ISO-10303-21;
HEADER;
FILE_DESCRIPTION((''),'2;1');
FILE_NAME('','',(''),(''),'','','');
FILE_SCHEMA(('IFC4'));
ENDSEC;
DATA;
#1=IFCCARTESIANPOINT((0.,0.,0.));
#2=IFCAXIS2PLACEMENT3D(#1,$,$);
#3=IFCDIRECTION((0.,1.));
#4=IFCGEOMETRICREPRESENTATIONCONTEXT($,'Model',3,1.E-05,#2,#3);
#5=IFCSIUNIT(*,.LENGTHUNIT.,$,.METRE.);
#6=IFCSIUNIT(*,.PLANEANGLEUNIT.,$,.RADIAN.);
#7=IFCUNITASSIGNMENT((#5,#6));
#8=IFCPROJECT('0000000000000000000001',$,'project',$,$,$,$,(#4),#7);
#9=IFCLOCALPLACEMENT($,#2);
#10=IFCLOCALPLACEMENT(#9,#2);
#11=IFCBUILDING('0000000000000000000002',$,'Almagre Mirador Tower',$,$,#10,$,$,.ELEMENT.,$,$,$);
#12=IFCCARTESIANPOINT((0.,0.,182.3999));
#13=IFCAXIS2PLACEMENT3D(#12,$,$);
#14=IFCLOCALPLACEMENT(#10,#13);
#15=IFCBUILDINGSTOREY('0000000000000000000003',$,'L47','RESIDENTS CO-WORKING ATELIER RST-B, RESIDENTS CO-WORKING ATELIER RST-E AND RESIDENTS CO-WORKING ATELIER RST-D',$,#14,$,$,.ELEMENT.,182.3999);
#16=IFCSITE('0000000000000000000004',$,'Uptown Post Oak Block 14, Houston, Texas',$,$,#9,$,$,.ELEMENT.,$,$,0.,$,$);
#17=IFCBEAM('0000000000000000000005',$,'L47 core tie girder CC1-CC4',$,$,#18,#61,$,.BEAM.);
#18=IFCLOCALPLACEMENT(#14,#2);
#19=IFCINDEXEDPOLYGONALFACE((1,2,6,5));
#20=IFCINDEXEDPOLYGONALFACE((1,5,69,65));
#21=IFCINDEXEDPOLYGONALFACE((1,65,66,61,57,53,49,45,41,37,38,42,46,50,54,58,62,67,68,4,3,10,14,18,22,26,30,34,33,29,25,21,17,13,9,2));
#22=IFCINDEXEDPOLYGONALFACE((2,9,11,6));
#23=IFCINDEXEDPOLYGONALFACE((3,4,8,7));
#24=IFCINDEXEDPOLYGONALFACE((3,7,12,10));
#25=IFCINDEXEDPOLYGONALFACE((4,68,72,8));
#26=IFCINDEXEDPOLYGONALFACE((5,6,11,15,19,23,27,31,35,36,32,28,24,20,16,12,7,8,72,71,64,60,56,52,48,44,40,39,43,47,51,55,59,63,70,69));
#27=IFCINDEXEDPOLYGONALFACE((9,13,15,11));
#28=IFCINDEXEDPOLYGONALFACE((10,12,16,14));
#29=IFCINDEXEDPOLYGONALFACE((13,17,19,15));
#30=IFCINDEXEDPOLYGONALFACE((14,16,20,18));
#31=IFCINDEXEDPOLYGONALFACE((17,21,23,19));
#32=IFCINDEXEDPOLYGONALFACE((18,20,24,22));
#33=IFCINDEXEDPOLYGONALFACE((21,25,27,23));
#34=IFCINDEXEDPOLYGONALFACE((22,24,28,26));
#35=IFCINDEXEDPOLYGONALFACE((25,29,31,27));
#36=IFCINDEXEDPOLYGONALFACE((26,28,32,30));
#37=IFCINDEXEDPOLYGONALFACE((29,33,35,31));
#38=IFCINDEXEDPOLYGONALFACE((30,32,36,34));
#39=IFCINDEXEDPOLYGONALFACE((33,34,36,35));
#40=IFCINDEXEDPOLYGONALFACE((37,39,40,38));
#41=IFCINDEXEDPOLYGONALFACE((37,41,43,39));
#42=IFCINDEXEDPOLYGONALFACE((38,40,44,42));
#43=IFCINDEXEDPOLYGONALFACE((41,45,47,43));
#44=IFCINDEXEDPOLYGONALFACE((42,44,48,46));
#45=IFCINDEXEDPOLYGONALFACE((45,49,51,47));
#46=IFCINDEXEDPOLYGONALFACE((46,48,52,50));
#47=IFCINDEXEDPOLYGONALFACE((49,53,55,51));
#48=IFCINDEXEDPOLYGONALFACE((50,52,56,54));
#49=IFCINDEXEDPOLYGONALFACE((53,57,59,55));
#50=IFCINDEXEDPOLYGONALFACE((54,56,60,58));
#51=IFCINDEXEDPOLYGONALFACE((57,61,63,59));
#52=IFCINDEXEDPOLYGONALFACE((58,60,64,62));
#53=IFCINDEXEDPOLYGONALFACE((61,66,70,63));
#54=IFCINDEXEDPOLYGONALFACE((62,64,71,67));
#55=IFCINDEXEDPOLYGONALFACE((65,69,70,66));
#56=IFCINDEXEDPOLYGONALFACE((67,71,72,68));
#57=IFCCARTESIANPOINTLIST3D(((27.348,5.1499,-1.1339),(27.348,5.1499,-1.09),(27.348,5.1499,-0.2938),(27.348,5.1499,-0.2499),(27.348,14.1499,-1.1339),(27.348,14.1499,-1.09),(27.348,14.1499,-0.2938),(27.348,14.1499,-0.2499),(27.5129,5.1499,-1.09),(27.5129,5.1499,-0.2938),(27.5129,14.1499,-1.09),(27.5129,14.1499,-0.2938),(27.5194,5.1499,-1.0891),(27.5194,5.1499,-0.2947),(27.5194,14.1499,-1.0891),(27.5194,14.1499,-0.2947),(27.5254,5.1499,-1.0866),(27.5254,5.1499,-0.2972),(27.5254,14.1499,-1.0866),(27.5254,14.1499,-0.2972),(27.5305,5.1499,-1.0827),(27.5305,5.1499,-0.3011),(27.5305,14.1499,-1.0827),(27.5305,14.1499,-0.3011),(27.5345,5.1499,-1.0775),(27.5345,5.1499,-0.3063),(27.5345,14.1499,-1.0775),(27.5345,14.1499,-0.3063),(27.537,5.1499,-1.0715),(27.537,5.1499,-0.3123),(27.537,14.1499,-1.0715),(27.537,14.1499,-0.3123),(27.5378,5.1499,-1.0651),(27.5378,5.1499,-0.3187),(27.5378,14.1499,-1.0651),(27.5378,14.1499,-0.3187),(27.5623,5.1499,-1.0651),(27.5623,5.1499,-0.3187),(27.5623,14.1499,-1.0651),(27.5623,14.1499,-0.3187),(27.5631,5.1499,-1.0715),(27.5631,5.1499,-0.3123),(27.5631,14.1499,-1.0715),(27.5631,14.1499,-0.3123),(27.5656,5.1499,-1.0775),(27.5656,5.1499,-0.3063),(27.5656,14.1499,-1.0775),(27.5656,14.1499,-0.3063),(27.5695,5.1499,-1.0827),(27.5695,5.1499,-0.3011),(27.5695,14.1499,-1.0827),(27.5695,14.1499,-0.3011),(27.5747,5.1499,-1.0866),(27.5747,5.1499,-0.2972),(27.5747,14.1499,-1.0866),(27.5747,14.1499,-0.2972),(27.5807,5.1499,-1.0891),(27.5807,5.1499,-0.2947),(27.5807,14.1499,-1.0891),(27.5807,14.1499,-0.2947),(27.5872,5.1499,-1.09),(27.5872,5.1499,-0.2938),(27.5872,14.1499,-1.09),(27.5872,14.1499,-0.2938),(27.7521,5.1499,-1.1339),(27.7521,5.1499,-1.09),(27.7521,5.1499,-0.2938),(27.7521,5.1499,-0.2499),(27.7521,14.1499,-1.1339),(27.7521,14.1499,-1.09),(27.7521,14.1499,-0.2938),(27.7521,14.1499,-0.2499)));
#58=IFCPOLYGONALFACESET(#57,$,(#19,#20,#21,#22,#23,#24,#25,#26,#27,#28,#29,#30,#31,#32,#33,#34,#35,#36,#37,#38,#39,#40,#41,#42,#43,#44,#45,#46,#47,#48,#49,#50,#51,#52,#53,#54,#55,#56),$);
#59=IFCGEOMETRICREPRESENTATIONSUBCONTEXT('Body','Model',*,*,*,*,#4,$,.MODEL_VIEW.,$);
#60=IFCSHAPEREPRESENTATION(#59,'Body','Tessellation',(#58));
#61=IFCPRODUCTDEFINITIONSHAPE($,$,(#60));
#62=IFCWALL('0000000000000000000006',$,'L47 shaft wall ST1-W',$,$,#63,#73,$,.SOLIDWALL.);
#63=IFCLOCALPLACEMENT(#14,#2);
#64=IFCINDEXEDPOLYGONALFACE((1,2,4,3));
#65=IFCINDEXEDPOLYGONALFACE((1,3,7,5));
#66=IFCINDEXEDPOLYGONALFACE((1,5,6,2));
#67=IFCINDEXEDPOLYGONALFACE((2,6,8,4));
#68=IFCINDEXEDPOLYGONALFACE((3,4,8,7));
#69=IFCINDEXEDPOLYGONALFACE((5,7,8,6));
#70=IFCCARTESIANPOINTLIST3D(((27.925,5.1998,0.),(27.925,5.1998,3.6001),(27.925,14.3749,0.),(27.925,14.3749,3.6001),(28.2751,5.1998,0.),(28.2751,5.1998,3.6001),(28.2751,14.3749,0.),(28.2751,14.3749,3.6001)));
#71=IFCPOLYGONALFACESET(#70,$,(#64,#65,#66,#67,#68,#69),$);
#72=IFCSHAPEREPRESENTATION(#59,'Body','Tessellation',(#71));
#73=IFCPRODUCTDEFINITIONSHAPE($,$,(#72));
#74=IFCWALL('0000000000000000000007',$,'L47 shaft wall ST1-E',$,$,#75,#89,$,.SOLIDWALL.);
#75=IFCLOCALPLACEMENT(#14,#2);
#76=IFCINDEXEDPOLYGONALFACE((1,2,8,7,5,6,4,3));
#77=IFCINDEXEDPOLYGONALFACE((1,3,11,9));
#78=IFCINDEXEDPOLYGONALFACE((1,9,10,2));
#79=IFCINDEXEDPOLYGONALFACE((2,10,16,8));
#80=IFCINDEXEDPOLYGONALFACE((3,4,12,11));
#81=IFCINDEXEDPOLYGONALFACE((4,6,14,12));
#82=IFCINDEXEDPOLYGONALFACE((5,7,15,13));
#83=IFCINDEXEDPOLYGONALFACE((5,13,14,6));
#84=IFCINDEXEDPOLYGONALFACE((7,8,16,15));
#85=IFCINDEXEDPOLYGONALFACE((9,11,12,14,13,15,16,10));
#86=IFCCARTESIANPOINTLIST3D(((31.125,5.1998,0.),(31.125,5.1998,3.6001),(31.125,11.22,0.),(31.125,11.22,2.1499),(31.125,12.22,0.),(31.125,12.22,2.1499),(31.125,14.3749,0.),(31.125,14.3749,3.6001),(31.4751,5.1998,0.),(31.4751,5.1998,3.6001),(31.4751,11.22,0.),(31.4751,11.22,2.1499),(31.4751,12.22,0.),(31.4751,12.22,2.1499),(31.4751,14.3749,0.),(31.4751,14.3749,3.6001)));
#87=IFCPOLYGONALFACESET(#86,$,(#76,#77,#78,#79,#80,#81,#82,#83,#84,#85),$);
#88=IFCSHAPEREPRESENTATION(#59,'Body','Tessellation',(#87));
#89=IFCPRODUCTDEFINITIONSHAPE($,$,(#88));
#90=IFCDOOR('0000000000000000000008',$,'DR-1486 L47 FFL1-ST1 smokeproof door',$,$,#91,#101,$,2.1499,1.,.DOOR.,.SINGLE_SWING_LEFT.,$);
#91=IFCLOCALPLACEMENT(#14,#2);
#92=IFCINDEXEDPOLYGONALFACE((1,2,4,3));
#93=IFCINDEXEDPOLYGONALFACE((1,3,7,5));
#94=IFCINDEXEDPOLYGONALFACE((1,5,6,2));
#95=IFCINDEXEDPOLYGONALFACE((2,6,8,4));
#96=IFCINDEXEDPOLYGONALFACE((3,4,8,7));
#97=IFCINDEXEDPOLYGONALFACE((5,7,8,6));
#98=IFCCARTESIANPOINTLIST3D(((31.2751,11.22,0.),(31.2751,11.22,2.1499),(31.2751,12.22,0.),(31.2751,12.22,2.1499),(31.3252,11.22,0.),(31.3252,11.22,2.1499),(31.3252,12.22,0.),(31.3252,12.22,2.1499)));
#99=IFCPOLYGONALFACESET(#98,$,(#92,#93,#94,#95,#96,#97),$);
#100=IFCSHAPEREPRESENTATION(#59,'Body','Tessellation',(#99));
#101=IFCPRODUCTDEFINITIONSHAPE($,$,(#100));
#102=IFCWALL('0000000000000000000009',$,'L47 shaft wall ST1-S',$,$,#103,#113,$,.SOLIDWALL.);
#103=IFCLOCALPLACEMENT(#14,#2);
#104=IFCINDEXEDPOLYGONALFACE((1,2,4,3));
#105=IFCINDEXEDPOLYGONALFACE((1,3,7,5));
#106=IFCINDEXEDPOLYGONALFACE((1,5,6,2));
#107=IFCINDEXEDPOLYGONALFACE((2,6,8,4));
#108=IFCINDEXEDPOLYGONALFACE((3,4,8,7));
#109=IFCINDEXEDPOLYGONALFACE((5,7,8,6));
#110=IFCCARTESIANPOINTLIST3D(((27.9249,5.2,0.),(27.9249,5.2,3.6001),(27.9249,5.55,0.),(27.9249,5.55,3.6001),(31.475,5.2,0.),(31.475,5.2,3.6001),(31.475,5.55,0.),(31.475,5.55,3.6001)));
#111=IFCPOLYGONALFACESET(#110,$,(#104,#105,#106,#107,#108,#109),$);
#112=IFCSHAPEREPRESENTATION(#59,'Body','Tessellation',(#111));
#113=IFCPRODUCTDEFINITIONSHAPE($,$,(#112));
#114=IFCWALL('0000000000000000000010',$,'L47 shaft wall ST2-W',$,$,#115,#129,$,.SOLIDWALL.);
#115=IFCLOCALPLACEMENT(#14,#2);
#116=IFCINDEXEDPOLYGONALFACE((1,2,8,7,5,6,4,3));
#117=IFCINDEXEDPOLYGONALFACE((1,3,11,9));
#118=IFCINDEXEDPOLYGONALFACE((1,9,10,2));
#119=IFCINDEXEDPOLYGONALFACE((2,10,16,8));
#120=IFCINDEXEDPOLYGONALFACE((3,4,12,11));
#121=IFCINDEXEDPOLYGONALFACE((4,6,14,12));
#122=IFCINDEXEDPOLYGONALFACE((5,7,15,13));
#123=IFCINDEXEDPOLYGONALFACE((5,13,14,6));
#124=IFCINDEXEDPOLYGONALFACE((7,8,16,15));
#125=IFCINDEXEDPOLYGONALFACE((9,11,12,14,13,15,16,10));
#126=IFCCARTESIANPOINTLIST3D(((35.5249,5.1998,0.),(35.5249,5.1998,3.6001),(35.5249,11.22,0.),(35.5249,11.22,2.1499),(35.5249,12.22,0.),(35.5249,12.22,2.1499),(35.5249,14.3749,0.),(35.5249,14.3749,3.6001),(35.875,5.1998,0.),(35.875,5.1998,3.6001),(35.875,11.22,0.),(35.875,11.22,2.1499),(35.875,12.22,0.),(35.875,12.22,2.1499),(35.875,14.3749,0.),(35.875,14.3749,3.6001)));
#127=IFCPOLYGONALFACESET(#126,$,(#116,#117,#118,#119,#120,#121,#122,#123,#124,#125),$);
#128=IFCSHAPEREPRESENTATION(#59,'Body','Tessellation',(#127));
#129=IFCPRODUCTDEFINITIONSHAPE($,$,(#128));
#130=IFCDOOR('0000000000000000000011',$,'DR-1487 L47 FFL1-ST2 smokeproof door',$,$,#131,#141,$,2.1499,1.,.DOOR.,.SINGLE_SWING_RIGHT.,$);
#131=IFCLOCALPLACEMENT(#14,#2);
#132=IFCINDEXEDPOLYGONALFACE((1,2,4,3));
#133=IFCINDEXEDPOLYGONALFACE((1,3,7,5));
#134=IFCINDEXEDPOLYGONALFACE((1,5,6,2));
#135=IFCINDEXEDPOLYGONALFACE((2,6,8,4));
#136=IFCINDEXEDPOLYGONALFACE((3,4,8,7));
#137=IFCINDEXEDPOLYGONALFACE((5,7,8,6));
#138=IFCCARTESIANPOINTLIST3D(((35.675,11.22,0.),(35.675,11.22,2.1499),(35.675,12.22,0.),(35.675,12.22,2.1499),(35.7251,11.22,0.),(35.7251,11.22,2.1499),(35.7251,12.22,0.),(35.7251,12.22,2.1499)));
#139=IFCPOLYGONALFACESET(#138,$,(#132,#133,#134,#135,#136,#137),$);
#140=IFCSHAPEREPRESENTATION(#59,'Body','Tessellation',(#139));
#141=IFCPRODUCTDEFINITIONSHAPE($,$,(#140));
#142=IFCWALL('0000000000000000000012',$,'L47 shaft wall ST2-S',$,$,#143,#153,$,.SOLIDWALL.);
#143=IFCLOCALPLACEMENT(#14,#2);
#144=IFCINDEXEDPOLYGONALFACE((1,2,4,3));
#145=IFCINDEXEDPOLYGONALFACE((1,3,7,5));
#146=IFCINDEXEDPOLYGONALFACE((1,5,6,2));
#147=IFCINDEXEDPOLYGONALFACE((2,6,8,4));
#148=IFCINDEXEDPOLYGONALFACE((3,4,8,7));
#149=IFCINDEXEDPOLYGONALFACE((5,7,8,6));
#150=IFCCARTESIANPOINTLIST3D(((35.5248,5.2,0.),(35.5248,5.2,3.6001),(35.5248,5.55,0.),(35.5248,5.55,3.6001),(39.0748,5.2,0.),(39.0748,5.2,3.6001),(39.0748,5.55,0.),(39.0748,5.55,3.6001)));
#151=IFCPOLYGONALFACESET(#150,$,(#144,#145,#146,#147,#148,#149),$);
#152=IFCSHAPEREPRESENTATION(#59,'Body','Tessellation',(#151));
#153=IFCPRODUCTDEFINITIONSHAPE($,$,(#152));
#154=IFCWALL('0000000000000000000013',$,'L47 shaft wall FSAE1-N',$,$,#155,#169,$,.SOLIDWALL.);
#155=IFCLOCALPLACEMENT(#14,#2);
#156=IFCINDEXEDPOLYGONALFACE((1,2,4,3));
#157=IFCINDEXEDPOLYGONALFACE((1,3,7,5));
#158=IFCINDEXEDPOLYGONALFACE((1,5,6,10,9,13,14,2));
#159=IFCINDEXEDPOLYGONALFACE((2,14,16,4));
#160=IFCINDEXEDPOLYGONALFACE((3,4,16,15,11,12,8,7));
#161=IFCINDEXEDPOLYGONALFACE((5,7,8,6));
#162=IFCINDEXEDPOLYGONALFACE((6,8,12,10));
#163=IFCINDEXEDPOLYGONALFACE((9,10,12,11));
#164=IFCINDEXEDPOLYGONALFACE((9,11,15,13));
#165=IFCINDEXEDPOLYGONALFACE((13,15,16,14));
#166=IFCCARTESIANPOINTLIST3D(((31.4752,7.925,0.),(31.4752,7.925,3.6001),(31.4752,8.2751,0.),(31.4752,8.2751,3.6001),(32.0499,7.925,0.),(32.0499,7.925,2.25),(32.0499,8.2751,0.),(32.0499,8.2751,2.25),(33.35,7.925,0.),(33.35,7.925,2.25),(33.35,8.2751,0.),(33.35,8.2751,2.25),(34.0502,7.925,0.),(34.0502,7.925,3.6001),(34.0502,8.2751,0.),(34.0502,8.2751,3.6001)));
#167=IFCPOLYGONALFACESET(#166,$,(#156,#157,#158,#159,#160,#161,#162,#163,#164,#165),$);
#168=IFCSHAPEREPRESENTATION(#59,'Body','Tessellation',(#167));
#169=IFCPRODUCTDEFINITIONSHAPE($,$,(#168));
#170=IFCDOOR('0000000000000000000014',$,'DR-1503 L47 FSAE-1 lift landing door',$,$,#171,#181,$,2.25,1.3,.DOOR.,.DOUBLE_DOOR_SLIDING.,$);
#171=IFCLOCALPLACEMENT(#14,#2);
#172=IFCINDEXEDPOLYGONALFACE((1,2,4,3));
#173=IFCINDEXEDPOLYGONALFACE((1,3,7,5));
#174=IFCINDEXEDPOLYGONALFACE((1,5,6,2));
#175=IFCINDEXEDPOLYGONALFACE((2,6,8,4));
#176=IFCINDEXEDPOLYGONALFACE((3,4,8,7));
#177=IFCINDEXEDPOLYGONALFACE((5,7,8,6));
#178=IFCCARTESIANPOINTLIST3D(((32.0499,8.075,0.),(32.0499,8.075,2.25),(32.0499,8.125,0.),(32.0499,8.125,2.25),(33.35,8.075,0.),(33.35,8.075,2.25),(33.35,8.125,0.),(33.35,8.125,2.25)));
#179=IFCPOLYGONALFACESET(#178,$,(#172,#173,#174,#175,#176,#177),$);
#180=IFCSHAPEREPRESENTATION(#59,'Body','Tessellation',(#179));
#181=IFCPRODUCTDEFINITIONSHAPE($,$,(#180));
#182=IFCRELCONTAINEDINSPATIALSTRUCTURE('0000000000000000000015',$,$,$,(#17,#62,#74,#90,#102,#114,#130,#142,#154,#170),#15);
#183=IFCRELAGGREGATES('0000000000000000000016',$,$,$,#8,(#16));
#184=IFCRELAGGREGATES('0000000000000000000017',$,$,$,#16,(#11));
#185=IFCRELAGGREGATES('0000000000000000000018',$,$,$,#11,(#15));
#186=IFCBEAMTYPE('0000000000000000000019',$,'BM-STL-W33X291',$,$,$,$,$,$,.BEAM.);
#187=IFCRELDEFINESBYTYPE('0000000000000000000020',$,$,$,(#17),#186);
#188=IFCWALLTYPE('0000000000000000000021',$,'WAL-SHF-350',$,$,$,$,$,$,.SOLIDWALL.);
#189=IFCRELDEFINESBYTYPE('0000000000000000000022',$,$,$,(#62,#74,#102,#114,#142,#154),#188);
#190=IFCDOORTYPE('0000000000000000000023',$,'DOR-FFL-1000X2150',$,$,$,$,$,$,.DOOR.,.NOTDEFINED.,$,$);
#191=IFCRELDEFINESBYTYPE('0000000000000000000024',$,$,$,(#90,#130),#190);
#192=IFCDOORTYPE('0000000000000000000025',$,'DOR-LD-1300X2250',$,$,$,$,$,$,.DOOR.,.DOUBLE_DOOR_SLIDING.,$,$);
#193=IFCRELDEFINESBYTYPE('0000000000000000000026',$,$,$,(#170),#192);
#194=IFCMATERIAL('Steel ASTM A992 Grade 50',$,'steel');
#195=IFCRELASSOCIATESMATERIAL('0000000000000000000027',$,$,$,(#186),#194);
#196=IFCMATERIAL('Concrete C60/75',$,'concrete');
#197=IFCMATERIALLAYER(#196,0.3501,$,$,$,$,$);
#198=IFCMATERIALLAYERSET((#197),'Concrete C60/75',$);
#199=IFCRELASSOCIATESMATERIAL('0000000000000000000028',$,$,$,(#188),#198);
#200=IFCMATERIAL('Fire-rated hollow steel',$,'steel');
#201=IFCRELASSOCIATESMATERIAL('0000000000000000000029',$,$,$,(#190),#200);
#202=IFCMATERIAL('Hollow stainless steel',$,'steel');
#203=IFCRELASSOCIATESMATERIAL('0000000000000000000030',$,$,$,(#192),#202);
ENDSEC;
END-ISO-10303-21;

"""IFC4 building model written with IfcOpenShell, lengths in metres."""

from ifc_helpers import new_model, si_unit, direction, frame, frame_2d, origin, origin_2d, place, context, subcontext, project, spatial, rectangle, i_section, extrude, material, layer, layer_set, material_profile, profile_set, type_object, element, fill, save


model = new_model("IFC4")

# Units and contexts
model_context = context("Model", 3, precision=1e-05, world=origin(), true_north=direction((0.0, 1.0)))
body_context = subcontext(model_context, "Body", "Model", "MODEL_VIEW")
ifc_project = project(units=[si_unit("LENGTHUNIT", "METRE"), si_unit("PLANEANGLEUNIT", "RADIAN")], contexts=[model_context])

# Site, building, storey
site_placement = place(None, origin())
site = spatial("IfcSite", under=ifc_project, at=site_placement, Name="Uptown Post Oak Block 14, Houston, Texas", CompositionType="ELEMENT", RefElevation=0.0)
building_placement = place(site_placement, origin())
building = spatial("IfcBuilding", under=site, at=building_placement, Name="Almagre Mirador Tower", CompositionType="ELEMENT")
storey_placement = place(building_placement, frame((0.0, 0.0, 182.3999)))
storey = spatial("IfcBuildingStorey", under=building, at=storey_placement, Name="L47", Description="RESIDENTS CO-WORKING ATELIER RST-B, RESIDENTS CO-WORKING ATELIER RST-E AND RESIDENTS CO-WORKING ATELIER RST-D", CompositionType="ELEMENT", Elevation=182.3999)

# Beam
ifc_material_1 = material(Name="Steel ASTM A992 Grade 50", Category="steel")
ifc_material_profile = material_profile(ifc_material_1, i_section(OverallWidth=0.4041, OverallDepth=0.884, WebThickness=0.0244, FlangeThickness=0.0439, FilletRadius=0.0249, at=origin_2d()), Name="W33X291")
ifc_profile_set = profile_set([ifc_material_profile], Name="Steel ASTM A992 Grade 50")
beam_type = type_object("IfcBeamType", Name="BM-STL-W33X291", PredefinedType="BEAM", material=ifc_profile_set)
beam_placement = place(storey_placement, frame((27.55, 5.1499, -0.6919), z_axis=(0.0, 1.0, 0.0), x_axis=(-1.0, 0.0, 0.0)))
element("IfcBeam", 1, at=beam_placement, inside=storey, type_object=beam_type, Name="L47 core tie girder CC1-CC4", PredefinedType="BEAM", context=body_context, shape_type="SweptSolid", body=[
    extrude(i_section(OverallWidth=0.4041, OverallDepth=0.884, WebThickness=0.0244, FlangeThickness=0.0439, FilletRadius=0.0249, at=origin_2d()), origin(), (0.0, 0.0, 1.0), 9.0),
])

# Wall
ifc_material_2 = material(Name="Concrete C60/75", Category="concrete")
ifc_layer_1 = layer(ifc_material_2, 0.3501)
ifc_layer_set_1 = layer_set([ifc_layer_1], Name="Concrete C60/75")
wall_type_1 = type_object("IfcWallType", Name="WAL-SHF-350", PredefinedType="SOLIDWALL", material=ifc_layer_set_1)
wall_1_placement = place(storey_placement, frame((28.1001, 5.2, 0.0), z_axis=(0.0, 0.0, 1.0), x_axis=(0.0, 1.0, 0.0)))
element("IfcWall", 2, at=wall_1_placement, inside=storey, type_object=wall_type_1, Name="L47 shaft wall ST1-W", PredefinedType="SOLIDWALL", context=body_context, shape_type="SweptSolid", body=[
    extrude(rectangle(XDim=9.175, YDim=0.3501, at=frame_2d((4.5874, 0.0))), origin(), (0.0, 0.0, 1.0), 3.6001),
])

# Wall, opening, door
wall_2_placement = place(storey_placement, frame((31.3, 5.2, 0.0), z_axis=(0.0, 0.0, 1.0), x_axis=(0.0, 1.0, 0.0)))
wall_2 = element("IfcWall", 3, at=wall_2_placement, inside=storey, type_object=wall_type_1, Name="L47 shaft wall ST1-E", PredefinedType="SOLIDWALL", context=body_context, shape_type="SweptSolid", body=[
    extrude(rectangle(XDim=9.175, YDim=0.3501, at=frame_2d((4.5874, 0.0))), origin(), (0.0, 0.0, 1.0), 3.6001),
])
opening_1_placement = place(wall_2_placement, frame((6.02, 0.0, 0.0)))
opening_1 = element("IfcOpeningElement", 4, at=opening_1_placement, cuts=wall_2, PredefinedType="OPENING", context=body_context, shape_type="SweptSolid", body=[
    extrude(rectangle(XDim=1.0, YDim=2.1499, at=frame_2d((0.5, 1.075))), frame((0.0, 0.185, 0.0), z_axis=(0.0, -1.0, 0.0), x_axis=(1.0, 0.0, 0.0)), (0.0, 0.0, 1.0), 0.3701),
])
ifc_material_3 = material(Name="Fire-rated hollow steel", Category="steel")
door_type_1 = type_object("IfcDoorType", Name="DOR-FFL-1000X2150", OperationType="NOTDEFINED", PredefinedType="DOOR", material=ifc_material_3)
door_1_placement = place(opening_1_placement, origin())
door_1 = element("IfcDoor", 5, at=door_1_placement, inside=storey, type_object=door_type_1, Name="DR-1486 L47 FFL1-ST1 smokeproof door", OperationType="SINGLE_SWING_LEFT", OverallHeight=2.1499, OverallWidth=1.0, PredefinedType="DOOR", context=body_context, shape_type="SweptSolid", body=[
    extrude(rectangle(XDim=1.0, YDim=2.1499, at=frame_2d((0.5, 1.075))), frame((0.0, 0.0249, 0.0), z_axis=(0.0, -1.0, 0.0), x_axis=(1.0, 0.0, 0.0)), (0.0, 0.0, 1.0), 0.05),
])
fill(opening_1, door_1)

# Wall
wall_3_placement = place(storey_placement, frame((27.925, 5.375, 0.0), z_axis=(0.0, 0.0, 1.0), x_axis=(1.0, 0.0, 0.0)))
element("IfcWall", 6, at=wall_3_placement, inside=storey, type_object=wall_type_1, Name="L47 shaft wall ST1-S", PredefinedType="SOLIDWALL", context=body_context, shape_type="SweptSolid", body=[
    extrude(rectangle(XDim=3.55, YDim=0.3501, at=frame_2d((1.7749, 0.0))), origin(), (0.0, 0.0, 1.0), 3.6001),
])

# Wall, opening, door
wall_4_placement = place(storey_placement, frame((35.7, 5.2, 0.0), z_axis=(0.0, 0.0, 1.0), x_axis=(0.0, 1.0, 0.0)))
wall_4 = element("IfcWall", 7, at=wall_4_placement, inside=storey, type_object=wall_type_1, Name="L47 shaft wall ST2-W", PredefinedType="SOLIDWALL", context=body_context, shape_type="SweptSolid", body=[
    extrude(rectangle(XDim=9.175, YDim=0.3501, at=frame_2d((4.5874, 0.0))), origin(), (0.0, 0.0, 1.0), 3.6001),
])
opening_2_placement = place(wall_4_placement, frame((6.02, 0.0, 0.0)))
opening_2 = element("IfcOpeningElement", 8, at=opening_2_placement, cuts=wall_4, PredefinedType="OPENING", context=body_context, shape_type="SweptSolid", body=[
    extrude(rectangle(XDim=1.0, YDim=2.1499, at=frame_2d((0.5, 1.075))), frame((0.0, 0.185, 0.0), z_axis=(0.0, -1.0, 0.0), x_axis=(1.0, 0.0, 0.0)), (0.0, 0.0, 1.0), 0.3701),
])
door_2_placement = place(opening_2_placement, origin())
door_2 = element("IfcDoor", 9, at=door_2_placement, inside=storey, type_object=door_type_1, Name="DR-1487 L47 FFL1-ST2 smokeproof door", OperationType="SINGLE_SWING_RIGHT", OverallHeight=2.1499, OverallWidth=1.0, PredefinedType="DOOR", context=body_context, shape_type="SweptSolid", body=[
    extrude(rectangle(XDim=1.0, YDim=2.1499, at=frame_2d((0.5, 1.075))), frame((0.0, 0.0249, 0.0), z_axis=(0.0, -1.0, 0.0), x_axis=(1.0, 0.0, 0.0)), (0.0, 0.0, 1.0), 0.05),
])
fill(opening_2, door_2)

# Wall
wall_5_placement = place(storey_placement, frame((35.5249, 5.375, 0.0), z_axis=(0.0, 0.0, 1.0), x_axis=(1.0, 0.0, 0.0)))
element("IfcWall", 10, at=wall_5_placement, inside=storey, type_object=wall_type_1, Name="L47 shaft wall ST2-S", PredefinedType="SOLIDWALL", context=body_context, shape_type="SweptSolid", body=[
    extrude(rectangle(XDim=3.55, YDim=0.3501, at=frame_2d((1.7749, 0.0))), origin(), (0.0, 0.0, 1.0), 3.6001),
])

# Wall, opening, door
wall_6_placement = place(storey_placement, frame((31.4751, 8.1001, 0.0), z_axis=(0.0, 0.0, 1.0), x_axis=(1.0, 0.0, 0.0)))
wall_6 = element("IfcWall", 11, at=wall_6_placement, inside=storey, type_object=wall_type_1, Name="L47 shaft wall FSAE1-N", PredefinedType="SOLIDWALL", context=body_context, shape_type="SweptSolid", body=[
    extrude(rectangle(XDim=2.575, YDim=0.3501, at=frame_2d((1.2876, 0.0))), origin(), (0.0, 0.0, 1.0), 3.6001),
])
opening_3_placement = place(wall_6_placement, frame((0.575, 0.0, 0.0)))
opening_3 = element("IfcOpeningElement", 12, at=opening_3_placement, cuts=wall_6, PredefinedType="OPENING", context=body_context, shape_type="SweptSolid", body=[
    extrude(rectangle(XDim=1.3, YDim=2.25, at=frame_2d((0.6499, 1.125))), frame((0.0, 0.185, 0.0), z_axis=(0.0, -1.0, 0.0), x_axis=(1.0, 0.0, 0.0)), (0.0, 0.0, 1.0), 0.3701),
])
ifc_material_4 = material(Name="Hollow stainless steel", Category="steel")
door_type_2 = type_object("IfcDoorType", Name="DOR-LD-1300X2250", OperationType="DOUBLE_DOOR_SLIDING", PredefinedType="DOOR", material=ifc_material_4)
door_3_placement = place(opening_3_placement, origin())
door_3 = element("IfcDoor", 13, at=door_3_placement, inside=storey, type_object=door_type_2, Name="DR-1503 L47 FSAE-1 lift landing door", OperationType="DOUBLE_DOOR_SLIDING", OverallHeight=2.25, OverallWidth=1.3, PredefinedType="DOOR", context=body_context, shape_type="SweptSolid", body=[
    extrude(rectangle(XDim=1.3, YDim=2.25, at=frame_2d((0.6499, 1.125))), frame((0.0, 0.0249, 0.0), z_axis=(0.0, -1.0, 0.0), x_axis=(1.0, 0.0, 0.0)), (0.0, 0.0, 1.0), 0.05),
])
fill(opening_3, door_3)

save(model, "model.ifc")
